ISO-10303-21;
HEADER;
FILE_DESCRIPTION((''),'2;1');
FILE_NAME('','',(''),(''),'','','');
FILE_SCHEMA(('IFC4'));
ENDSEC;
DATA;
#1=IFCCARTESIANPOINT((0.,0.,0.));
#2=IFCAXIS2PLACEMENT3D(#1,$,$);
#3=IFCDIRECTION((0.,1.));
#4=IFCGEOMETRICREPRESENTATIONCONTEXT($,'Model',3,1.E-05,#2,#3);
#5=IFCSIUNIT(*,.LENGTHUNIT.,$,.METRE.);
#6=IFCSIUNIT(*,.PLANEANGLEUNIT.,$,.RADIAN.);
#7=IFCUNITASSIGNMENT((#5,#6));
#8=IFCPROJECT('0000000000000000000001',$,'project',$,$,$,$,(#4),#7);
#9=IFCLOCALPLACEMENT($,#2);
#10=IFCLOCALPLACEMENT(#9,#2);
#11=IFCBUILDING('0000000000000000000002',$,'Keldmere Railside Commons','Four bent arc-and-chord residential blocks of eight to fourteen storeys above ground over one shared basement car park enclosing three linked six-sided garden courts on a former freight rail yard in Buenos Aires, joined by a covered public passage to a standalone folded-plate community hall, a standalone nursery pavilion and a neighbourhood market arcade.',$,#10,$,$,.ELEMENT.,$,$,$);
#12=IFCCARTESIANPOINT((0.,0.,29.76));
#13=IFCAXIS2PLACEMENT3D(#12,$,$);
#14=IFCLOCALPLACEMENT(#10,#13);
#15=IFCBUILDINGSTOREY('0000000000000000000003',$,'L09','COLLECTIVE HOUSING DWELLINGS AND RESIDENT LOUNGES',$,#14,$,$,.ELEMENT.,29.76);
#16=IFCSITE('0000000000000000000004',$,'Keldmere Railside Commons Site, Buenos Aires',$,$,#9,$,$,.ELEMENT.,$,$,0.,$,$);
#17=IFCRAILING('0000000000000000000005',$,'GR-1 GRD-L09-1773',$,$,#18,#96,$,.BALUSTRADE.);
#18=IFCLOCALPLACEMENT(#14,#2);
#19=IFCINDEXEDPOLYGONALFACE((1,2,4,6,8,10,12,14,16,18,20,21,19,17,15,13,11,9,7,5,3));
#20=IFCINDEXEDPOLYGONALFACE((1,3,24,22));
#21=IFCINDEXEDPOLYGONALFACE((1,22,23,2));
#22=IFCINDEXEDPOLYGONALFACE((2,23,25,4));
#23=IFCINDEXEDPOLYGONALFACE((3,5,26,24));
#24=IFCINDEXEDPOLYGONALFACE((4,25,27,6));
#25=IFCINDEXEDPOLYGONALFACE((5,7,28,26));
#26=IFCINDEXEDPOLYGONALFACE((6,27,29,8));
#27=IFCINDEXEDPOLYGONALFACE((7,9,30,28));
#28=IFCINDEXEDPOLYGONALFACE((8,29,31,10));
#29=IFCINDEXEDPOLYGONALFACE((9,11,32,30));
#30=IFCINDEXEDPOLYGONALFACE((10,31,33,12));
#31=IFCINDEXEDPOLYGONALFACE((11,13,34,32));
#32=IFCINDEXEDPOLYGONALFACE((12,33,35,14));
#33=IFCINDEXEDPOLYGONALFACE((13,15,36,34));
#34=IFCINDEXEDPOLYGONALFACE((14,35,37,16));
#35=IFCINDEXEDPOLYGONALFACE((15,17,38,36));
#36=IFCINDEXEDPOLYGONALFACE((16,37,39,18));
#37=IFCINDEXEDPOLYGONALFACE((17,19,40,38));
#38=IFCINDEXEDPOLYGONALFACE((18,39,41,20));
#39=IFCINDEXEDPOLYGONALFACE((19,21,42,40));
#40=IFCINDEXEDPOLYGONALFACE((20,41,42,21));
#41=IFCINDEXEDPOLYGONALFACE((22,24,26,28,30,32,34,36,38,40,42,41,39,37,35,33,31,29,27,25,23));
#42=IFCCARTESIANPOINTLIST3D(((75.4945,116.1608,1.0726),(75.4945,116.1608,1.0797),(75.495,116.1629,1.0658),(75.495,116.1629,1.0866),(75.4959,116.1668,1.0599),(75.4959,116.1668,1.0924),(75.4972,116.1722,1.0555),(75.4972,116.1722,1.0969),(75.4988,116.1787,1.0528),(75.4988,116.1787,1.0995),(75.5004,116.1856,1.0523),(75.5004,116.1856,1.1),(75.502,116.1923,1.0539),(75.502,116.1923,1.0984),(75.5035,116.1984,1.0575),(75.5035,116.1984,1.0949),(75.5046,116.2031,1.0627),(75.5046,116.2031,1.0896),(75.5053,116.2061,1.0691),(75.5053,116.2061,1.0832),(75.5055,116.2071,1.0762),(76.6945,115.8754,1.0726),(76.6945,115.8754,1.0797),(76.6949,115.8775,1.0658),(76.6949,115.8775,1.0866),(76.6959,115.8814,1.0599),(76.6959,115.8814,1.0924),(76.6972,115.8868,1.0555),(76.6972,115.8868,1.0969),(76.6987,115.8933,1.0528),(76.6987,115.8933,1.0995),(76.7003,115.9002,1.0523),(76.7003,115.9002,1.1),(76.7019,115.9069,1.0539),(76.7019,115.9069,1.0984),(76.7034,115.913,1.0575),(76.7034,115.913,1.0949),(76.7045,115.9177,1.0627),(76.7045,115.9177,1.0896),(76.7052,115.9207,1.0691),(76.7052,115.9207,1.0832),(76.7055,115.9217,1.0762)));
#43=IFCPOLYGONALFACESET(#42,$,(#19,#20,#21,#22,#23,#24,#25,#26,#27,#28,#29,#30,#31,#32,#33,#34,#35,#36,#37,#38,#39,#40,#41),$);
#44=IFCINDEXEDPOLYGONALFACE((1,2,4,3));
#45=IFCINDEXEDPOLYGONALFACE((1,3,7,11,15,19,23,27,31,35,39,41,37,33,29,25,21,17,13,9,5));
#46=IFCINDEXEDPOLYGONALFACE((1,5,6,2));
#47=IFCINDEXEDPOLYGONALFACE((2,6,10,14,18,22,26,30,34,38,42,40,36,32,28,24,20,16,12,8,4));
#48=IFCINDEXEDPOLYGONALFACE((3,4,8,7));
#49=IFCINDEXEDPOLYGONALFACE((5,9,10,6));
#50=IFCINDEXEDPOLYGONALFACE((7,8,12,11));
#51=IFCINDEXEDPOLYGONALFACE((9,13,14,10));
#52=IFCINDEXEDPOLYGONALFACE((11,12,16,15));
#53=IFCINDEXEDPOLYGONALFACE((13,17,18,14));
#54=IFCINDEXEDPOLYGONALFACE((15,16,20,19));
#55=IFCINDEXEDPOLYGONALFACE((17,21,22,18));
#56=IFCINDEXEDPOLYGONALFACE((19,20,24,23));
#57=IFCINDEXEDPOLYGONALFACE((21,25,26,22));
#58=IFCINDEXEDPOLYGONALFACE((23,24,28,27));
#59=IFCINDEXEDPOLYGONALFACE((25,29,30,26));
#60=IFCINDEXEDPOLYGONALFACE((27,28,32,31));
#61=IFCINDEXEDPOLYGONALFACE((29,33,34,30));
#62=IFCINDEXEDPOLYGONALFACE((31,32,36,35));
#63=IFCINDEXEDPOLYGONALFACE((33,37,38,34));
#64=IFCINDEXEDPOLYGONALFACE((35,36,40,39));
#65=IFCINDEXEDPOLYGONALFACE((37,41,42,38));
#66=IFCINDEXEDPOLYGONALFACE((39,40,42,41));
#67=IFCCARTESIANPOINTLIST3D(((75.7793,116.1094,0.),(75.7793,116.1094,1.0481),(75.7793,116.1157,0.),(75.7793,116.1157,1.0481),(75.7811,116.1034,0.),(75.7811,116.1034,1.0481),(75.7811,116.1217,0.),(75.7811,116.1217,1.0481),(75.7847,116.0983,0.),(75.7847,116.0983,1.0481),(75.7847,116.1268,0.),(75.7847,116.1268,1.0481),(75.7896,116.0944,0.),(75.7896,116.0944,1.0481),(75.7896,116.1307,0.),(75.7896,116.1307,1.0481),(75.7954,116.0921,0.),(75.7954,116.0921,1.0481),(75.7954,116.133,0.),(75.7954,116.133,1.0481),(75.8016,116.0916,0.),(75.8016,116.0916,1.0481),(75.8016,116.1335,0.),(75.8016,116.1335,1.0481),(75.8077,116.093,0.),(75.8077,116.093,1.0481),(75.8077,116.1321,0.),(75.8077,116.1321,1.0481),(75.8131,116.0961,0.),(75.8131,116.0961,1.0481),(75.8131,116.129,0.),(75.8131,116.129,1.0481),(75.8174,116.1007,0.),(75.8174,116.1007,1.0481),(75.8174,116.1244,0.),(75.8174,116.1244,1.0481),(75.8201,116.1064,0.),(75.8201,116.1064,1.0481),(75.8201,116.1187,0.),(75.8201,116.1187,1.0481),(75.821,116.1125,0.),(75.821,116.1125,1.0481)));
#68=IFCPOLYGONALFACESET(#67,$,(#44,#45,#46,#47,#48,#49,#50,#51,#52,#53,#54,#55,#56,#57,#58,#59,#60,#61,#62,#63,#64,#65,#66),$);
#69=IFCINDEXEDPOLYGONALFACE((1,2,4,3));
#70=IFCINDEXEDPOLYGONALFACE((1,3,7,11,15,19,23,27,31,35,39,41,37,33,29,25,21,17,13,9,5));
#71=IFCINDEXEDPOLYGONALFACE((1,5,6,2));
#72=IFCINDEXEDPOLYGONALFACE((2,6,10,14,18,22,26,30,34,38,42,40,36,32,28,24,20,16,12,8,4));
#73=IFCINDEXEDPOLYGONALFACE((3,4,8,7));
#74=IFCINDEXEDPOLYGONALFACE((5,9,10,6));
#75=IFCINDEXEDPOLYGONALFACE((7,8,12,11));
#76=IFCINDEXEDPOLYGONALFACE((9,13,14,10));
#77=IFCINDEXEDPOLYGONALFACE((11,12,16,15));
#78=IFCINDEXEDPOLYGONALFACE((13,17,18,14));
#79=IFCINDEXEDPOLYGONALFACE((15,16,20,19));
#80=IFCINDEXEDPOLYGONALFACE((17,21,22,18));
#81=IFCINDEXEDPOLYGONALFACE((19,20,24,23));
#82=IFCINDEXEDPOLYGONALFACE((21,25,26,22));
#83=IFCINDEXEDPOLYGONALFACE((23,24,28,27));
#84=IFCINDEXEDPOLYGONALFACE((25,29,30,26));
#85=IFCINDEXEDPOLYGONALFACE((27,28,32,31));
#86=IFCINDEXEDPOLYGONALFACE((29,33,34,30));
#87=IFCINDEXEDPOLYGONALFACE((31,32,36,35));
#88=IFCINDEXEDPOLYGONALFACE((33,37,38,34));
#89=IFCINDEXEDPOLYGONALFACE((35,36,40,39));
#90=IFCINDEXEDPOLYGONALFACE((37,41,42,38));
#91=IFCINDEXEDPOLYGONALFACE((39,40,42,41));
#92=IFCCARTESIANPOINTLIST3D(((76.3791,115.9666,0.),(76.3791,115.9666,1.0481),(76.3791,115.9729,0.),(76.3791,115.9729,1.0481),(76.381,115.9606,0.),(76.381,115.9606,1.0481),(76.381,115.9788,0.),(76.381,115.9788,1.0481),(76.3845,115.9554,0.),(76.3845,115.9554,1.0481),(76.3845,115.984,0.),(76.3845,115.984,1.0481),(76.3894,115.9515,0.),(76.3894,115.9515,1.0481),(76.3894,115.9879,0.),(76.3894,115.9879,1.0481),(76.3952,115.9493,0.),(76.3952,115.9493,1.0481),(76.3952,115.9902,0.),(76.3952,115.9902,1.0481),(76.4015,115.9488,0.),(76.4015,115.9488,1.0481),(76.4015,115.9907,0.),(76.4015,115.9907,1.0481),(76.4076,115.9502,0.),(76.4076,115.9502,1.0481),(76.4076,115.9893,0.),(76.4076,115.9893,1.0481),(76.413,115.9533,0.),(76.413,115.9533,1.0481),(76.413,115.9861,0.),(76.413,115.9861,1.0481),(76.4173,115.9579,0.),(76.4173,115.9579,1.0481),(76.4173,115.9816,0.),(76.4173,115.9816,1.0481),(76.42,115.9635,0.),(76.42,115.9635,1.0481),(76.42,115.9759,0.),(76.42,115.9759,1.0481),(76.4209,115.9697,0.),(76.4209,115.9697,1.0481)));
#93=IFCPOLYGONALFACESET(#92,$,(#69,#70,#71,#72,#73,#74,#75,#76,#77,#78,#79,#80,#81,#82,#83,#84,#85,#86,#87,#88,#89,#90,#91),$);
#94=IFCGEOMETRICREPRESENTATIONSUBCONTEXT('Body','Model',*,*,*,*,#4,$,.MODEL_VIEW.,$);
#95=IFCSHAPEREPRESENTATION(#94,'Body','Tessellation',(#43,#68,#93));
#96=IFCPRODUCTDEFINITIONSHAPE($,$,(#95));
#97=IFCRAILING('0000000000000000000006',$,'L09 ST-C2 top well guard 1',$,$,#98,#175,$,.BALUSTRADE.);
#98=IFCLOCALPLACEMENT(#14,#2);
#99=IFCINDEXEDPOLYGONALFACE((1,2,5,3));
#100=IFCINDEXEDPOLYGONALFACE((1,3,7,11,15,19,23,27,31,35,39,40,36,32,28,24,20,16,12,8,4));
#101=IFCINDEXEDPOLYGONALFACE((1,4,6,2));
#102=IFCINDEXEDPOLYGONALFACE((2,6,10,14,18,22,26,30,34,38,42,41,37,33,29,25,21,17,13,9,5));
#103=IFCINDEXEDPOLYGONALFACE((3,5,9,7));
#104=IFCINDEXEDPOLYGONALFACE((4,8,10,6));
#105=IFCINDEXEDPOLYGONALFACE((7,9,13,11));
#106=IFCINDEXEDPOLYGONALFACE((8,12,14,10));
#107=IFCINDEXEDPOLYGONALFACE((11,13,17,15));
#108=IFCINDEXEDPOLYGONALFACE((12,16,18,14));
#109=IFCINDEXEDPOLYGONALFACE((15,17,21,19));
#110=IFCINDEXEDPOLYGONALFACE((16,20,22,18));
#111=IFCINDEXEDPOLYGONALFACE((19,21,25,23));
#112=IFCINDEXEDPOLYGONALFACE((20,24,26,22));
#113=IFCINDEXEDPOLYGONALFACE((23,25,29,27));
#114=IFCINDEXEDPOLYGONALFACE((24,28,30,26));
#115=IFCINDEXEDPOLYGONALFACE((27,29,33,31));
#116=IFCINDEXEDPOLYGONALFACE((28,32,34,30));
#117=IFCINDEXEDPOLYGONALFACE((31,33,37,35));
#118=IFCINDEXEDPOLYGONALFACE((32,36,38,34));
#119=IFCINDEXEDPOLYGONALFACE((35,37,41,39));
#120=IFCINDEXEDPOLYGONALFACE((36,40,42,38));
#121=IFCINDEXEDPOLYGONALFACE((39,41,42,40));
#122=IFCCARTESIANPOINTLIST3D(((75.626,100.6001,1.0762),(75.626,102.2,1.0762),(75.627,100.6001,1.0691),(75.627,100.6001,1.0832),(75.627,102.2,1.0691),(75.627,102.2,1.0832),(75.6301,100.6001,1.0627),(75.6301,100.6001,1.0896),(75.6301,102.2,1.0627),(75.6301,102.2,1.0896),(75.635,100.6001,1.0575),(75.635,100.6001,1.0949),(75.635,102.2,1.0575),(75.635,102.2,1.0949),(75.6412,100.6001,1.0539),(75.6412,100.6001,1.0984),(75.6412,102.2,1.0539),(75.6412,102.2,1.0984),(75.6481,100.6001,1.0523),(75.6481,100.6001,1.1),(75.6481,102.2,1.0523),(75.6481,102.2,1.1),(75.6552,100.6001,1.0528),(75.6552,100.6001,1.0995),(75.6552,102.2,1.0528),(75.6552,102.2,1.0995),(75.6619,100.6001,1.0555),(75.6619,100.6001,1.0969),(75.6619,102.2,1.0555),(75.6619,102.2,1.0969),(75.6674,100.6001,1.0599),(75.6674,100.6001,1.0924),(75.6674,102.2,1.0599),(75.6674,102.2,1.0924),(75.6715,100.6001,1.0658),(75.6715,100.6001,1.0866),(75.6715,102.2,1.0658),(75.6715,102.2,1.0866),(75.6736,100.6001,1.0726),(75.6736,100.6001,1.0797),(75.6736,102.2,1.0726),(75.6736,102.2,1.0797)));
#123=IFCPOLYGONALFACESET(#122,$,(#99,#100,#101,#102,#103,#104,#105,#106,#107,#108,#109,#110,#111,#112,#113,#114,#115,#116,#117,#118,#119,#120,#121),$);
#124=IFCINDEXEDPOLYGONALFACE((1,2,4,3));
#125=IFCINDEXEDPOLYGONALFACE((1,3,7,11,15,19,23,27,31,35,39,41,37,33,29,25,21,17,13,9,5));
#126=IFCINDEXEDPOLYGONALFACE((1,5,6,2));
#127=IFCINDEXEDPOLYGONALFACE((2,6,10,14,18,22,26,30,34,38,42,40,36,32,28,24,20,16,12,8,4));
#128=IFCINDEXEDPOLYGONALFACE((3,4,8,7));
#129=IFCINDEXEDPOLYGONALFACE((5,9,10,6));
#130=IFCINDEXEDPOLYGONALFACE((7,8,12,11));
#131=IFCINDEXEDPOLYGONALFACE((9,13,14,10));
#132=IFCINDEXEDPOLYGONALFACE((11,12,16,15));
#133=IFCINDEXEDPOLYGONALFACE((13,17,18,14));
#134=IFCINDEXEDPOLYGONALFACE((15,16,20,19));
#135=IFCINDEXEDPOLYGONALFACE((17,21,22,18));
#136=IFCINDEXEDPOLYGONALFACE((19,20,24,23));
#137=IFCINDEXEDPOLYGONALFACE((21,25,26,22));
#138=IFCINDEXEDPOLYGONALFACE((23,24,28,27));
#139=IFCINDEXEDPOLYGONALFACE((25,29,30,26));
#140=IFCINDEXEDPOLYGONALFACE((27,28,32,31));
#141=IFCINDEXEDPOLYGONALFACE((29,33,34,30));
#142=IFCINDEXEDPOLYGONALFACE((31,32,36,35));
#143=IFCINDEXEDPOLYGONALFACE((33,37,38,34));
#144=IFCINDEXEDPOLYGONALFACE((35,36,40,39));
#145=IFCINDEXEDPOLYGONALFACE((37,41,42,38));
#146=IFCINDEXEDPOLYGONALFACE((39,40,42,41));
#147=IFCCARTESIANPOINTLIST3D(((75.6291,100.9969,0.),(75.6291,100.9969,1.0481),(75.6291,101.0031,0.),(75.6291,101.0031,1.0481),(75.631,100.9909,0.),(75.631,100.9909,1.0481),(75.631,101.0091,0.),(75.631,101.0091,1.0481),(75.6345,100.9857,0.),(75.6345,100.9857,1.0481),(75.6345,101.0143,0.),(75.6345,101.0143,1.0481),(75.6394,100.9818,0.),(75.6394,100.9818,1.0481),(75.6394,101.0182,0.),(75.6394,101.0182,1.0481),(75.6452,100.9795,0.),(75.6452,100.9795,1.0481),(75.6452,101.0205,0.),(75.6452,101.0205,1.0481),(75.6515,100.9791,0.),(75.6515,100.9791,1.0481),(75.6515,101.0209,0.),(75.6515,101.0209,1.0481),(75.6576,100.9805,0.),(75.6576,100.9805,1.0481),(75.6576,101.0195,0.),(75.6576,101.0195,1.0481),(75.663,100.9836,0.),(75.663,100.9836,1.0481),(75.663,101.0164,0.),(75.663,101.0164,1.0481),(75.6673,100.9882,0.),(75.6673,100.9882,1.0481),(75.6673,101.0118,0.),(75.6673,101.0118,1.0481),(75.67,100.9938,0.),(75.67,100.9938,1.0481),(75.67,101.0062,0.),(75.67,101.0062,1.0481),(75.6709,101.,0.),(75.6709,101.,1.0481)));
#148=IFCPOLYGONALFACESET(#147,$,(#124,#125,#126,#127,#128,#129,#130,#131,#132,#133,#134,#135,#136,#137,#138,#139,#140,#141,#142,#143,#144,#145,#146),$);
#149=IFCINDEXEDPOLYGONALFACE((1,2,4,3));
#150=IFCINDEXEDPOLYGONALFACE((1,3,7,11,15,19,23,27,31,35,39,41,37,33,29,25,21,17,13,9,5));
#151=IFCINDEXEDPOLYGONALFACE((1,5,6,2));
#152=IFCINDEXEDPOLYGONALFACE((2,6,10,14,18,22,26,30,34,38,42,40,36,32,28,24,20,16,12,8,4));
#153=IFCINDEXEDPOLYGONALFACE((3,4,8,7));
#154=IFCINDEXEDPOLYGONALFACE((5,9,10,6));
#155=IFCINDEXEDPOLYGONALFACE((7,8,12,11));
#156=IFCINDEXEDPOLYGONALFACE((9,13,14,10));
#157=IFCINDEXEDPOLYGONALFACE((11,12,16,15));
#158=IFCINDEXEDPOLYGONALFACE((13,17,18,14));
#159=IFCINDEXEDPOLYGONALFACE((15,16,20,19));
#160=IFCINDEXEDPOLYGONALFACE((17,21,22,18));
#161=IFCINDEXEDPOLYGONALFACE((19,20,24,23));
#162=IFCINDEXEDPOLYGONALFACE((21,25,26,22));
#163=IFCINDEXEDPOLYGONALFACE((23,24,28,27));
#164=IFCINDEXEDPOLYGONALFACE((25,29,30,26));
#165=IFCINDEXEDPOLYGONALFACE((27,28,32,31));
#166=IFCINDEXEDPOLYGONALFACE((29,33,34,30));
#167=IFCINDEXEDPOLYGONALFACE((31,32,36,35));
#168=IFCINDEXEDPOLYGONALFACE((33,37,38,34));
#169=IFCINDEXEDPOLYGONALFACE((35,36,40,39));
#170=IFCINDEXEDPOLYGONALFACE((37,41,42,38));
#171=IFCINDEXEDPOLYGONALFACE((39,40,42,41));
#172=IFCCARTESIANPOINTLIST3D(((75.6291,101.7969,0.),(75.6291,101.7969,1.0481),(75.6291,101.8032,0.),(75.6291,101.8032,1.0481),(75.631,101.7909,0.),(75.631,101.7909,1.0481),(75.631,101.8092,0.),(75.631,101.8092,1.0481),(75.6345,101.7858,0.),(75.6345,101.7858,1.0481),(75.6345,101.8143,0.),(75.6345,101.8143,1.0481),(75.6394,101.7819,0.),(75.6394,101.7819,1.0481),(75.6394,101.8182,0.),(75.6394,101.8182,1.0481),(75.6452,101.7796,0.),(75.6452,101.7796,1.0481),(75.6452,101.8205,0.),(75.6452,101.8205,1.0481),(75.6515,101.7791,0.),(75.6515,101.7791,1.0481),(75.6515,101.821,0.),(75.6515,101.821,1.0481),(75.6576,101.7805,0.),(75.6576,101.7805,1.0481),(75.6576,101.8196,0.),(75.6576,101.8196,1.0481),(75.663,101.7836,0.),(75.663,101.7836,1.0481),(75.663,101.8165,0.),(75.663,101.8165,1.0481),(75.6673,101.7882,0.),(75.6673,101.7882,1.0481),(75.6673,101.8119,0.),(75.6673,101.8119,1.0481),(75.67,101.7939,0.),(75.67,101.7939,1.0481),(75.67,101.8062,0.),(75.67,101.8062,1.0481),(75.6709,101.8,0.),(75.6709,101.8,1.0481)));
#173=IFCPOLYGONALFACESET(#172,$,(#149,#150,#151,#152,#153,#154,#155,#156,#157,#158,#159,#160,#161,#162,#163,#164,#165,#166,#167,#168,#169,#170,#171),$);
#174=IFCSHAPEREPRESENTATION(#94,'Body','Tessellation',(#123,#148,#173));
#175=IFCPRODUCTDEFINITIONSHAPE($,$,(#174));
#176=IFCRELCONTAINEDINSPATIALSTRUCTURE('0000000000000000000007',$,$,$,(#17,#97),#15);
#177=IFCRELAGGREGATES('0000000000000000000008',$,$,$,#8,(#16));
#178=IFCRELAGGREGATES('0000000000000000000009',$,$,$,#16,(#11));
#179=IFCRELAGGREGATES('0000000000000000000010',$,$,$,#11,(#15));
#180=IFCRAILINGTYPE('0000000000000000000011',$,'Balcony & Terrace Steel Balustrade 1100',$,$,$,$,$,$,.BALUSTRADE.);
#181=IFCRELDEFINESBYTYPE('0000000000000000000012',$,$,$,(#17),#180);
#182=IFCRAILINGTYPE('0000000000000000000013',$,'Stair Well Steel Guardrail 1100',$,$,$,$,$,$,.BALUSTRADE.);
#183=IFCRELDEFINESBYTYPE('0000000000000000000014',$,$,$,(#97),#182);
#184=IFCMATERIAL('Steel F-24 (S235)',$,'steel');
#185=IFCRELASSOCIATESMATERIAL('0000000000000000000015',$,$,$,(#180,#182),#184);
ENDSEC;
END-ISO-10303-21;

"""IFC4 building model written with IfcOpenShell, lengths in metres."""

from ifc_helpers import new_model, si_unit, direction, frame, origin, origin_2d, place, context, subcontext, project, spatial, circle, extrude, material, type_object, element, save


model = new_model("IFC4")

# Units and contexts
model_context = context("Model", 3, precision=1e-05, world=origin(), true_north=direction((0.0, 1.0)))
body_context = subcontext(model_context, "Body", "Model", "MODEL_VIEW")
ifc_project = project(units=[si_unit("LENGTHUNIT", "METRE"), si_unit("PLANEANGLEUNIT", "RADIAN")], contexts=[model_context])

# Site, building, storey
site_placement = place(None, origin())
site = spatial("IfcSite", under=ifc_project, at=site_placement, Name="Keldmere Railside Commons Site, Buenos Aires", CompositionType="ELEMENT", RefElevation=0.0)
building_placement = place(site_placement, origin())
building = spatial("IfcBuilding", under=site, at=building_placement, Name="Keldmere Railside Commons", Description="Four bent arc-and-chord residential blocks of eight to fourteen storeys above ground over one shared basement car park enclosing three linked six-sided garden courts on a former freight rail yard in Buenos Aires, joined by a covered public passage to a standalone folded-plate community hall, a standalone nursery pavilion and a neighbourhood market arcade.", CompositionType="ELEMENT")
storey_placement = place(building_placement, frame((0.0, 0.0, 29.76)))
storey = spatial("IfcBuildingStorey", under=building, at=storey_placement, Name="L09", Description="COLLECTIVE HOUSING DWELLINGS AND RESIDENT LOUNGES", CompositionType="ELEMENT", Elevation=29.76)

# Railings
ifc_material_1 = material(Name="Steel F-24 (S235)", Category="steel")
railing_type_1 = type_object("IfcRailingType", Name="Balcony & Terrace Steel Balustrade 1100", PredefinedType="BALUSTRADE", material=ifc_material_1)
railing_1_placement = place(storey_placement, frame((75.5, 116.1838, 0.0)))
element("IfcRailing", 1, at=railing_1_placement, inside=storey, type_object=railing_type_1, Name="GR-1 GRD-L09-1773", PredefinedType="BALUSTRADE", context=body_context, shape_type="SweptSolid", body=[
    extrude(circle(Radius=0.0239, at=origin_2d()), frame((0.0, 0.0, 1.0762), z_axis=(0.972861, -0.231389, 0.0), x_axis=(0.231389, 0.972861, 0.0)), (0.0, 0.0, 1.0), 1.2334),
    extrude(circle(Radius=0.021, at=origin_2d()), frame((0.3, -0.0713, 0.0)), (0.0, 0.0, 1.0), 1.0481),
    extrude(circle(Radius=0.021, at=origin_2d()), frame((0.8999, -0.2141, 0.0)), (0.0, 0.0, 1.0), 1.0481),
])
railing_type_2 = type_object("IfcRailingType", Name="Stair Well Steel Guardrail 1100", PredefinedType="BALUSTRADE", material=ifc_material_1)
railing_2_placement = place(storey_placement, frame((75.6499, 100.6001, 0.0)))
element("IfcRailing", 2, at=railing_2_placement, inside=storey, type_object=railing_type_2, Name="L09 ST-C2 top well guard 1", PredefinedType="BALUSTRADE", context=body_context, shape_type="SweptSolid", body=[
    extrude(circle(Radius=0.0239, at=origin_2d()), frame((0.0, 0.0, 1.0762), z_axis=(0.0, 1.0, 0.0), x_axis=(-1.0, 0.0, 0.0)), (0.0, 0.0, 1.0), 1.5999),
    extrude(circle(Radius=0.021, at=origin_2d()), frame((0.0, 0.3999, 0.0)), (0.0, 0.0, 1.0), 1.0481),
    extrude(circle(Radius=0.021, at=origin_2d()), frame((0.0, 1.2, 0.0)), (0.0, 0.0, 1.0), 1.0481),
])

save(model, "model.ifc")
